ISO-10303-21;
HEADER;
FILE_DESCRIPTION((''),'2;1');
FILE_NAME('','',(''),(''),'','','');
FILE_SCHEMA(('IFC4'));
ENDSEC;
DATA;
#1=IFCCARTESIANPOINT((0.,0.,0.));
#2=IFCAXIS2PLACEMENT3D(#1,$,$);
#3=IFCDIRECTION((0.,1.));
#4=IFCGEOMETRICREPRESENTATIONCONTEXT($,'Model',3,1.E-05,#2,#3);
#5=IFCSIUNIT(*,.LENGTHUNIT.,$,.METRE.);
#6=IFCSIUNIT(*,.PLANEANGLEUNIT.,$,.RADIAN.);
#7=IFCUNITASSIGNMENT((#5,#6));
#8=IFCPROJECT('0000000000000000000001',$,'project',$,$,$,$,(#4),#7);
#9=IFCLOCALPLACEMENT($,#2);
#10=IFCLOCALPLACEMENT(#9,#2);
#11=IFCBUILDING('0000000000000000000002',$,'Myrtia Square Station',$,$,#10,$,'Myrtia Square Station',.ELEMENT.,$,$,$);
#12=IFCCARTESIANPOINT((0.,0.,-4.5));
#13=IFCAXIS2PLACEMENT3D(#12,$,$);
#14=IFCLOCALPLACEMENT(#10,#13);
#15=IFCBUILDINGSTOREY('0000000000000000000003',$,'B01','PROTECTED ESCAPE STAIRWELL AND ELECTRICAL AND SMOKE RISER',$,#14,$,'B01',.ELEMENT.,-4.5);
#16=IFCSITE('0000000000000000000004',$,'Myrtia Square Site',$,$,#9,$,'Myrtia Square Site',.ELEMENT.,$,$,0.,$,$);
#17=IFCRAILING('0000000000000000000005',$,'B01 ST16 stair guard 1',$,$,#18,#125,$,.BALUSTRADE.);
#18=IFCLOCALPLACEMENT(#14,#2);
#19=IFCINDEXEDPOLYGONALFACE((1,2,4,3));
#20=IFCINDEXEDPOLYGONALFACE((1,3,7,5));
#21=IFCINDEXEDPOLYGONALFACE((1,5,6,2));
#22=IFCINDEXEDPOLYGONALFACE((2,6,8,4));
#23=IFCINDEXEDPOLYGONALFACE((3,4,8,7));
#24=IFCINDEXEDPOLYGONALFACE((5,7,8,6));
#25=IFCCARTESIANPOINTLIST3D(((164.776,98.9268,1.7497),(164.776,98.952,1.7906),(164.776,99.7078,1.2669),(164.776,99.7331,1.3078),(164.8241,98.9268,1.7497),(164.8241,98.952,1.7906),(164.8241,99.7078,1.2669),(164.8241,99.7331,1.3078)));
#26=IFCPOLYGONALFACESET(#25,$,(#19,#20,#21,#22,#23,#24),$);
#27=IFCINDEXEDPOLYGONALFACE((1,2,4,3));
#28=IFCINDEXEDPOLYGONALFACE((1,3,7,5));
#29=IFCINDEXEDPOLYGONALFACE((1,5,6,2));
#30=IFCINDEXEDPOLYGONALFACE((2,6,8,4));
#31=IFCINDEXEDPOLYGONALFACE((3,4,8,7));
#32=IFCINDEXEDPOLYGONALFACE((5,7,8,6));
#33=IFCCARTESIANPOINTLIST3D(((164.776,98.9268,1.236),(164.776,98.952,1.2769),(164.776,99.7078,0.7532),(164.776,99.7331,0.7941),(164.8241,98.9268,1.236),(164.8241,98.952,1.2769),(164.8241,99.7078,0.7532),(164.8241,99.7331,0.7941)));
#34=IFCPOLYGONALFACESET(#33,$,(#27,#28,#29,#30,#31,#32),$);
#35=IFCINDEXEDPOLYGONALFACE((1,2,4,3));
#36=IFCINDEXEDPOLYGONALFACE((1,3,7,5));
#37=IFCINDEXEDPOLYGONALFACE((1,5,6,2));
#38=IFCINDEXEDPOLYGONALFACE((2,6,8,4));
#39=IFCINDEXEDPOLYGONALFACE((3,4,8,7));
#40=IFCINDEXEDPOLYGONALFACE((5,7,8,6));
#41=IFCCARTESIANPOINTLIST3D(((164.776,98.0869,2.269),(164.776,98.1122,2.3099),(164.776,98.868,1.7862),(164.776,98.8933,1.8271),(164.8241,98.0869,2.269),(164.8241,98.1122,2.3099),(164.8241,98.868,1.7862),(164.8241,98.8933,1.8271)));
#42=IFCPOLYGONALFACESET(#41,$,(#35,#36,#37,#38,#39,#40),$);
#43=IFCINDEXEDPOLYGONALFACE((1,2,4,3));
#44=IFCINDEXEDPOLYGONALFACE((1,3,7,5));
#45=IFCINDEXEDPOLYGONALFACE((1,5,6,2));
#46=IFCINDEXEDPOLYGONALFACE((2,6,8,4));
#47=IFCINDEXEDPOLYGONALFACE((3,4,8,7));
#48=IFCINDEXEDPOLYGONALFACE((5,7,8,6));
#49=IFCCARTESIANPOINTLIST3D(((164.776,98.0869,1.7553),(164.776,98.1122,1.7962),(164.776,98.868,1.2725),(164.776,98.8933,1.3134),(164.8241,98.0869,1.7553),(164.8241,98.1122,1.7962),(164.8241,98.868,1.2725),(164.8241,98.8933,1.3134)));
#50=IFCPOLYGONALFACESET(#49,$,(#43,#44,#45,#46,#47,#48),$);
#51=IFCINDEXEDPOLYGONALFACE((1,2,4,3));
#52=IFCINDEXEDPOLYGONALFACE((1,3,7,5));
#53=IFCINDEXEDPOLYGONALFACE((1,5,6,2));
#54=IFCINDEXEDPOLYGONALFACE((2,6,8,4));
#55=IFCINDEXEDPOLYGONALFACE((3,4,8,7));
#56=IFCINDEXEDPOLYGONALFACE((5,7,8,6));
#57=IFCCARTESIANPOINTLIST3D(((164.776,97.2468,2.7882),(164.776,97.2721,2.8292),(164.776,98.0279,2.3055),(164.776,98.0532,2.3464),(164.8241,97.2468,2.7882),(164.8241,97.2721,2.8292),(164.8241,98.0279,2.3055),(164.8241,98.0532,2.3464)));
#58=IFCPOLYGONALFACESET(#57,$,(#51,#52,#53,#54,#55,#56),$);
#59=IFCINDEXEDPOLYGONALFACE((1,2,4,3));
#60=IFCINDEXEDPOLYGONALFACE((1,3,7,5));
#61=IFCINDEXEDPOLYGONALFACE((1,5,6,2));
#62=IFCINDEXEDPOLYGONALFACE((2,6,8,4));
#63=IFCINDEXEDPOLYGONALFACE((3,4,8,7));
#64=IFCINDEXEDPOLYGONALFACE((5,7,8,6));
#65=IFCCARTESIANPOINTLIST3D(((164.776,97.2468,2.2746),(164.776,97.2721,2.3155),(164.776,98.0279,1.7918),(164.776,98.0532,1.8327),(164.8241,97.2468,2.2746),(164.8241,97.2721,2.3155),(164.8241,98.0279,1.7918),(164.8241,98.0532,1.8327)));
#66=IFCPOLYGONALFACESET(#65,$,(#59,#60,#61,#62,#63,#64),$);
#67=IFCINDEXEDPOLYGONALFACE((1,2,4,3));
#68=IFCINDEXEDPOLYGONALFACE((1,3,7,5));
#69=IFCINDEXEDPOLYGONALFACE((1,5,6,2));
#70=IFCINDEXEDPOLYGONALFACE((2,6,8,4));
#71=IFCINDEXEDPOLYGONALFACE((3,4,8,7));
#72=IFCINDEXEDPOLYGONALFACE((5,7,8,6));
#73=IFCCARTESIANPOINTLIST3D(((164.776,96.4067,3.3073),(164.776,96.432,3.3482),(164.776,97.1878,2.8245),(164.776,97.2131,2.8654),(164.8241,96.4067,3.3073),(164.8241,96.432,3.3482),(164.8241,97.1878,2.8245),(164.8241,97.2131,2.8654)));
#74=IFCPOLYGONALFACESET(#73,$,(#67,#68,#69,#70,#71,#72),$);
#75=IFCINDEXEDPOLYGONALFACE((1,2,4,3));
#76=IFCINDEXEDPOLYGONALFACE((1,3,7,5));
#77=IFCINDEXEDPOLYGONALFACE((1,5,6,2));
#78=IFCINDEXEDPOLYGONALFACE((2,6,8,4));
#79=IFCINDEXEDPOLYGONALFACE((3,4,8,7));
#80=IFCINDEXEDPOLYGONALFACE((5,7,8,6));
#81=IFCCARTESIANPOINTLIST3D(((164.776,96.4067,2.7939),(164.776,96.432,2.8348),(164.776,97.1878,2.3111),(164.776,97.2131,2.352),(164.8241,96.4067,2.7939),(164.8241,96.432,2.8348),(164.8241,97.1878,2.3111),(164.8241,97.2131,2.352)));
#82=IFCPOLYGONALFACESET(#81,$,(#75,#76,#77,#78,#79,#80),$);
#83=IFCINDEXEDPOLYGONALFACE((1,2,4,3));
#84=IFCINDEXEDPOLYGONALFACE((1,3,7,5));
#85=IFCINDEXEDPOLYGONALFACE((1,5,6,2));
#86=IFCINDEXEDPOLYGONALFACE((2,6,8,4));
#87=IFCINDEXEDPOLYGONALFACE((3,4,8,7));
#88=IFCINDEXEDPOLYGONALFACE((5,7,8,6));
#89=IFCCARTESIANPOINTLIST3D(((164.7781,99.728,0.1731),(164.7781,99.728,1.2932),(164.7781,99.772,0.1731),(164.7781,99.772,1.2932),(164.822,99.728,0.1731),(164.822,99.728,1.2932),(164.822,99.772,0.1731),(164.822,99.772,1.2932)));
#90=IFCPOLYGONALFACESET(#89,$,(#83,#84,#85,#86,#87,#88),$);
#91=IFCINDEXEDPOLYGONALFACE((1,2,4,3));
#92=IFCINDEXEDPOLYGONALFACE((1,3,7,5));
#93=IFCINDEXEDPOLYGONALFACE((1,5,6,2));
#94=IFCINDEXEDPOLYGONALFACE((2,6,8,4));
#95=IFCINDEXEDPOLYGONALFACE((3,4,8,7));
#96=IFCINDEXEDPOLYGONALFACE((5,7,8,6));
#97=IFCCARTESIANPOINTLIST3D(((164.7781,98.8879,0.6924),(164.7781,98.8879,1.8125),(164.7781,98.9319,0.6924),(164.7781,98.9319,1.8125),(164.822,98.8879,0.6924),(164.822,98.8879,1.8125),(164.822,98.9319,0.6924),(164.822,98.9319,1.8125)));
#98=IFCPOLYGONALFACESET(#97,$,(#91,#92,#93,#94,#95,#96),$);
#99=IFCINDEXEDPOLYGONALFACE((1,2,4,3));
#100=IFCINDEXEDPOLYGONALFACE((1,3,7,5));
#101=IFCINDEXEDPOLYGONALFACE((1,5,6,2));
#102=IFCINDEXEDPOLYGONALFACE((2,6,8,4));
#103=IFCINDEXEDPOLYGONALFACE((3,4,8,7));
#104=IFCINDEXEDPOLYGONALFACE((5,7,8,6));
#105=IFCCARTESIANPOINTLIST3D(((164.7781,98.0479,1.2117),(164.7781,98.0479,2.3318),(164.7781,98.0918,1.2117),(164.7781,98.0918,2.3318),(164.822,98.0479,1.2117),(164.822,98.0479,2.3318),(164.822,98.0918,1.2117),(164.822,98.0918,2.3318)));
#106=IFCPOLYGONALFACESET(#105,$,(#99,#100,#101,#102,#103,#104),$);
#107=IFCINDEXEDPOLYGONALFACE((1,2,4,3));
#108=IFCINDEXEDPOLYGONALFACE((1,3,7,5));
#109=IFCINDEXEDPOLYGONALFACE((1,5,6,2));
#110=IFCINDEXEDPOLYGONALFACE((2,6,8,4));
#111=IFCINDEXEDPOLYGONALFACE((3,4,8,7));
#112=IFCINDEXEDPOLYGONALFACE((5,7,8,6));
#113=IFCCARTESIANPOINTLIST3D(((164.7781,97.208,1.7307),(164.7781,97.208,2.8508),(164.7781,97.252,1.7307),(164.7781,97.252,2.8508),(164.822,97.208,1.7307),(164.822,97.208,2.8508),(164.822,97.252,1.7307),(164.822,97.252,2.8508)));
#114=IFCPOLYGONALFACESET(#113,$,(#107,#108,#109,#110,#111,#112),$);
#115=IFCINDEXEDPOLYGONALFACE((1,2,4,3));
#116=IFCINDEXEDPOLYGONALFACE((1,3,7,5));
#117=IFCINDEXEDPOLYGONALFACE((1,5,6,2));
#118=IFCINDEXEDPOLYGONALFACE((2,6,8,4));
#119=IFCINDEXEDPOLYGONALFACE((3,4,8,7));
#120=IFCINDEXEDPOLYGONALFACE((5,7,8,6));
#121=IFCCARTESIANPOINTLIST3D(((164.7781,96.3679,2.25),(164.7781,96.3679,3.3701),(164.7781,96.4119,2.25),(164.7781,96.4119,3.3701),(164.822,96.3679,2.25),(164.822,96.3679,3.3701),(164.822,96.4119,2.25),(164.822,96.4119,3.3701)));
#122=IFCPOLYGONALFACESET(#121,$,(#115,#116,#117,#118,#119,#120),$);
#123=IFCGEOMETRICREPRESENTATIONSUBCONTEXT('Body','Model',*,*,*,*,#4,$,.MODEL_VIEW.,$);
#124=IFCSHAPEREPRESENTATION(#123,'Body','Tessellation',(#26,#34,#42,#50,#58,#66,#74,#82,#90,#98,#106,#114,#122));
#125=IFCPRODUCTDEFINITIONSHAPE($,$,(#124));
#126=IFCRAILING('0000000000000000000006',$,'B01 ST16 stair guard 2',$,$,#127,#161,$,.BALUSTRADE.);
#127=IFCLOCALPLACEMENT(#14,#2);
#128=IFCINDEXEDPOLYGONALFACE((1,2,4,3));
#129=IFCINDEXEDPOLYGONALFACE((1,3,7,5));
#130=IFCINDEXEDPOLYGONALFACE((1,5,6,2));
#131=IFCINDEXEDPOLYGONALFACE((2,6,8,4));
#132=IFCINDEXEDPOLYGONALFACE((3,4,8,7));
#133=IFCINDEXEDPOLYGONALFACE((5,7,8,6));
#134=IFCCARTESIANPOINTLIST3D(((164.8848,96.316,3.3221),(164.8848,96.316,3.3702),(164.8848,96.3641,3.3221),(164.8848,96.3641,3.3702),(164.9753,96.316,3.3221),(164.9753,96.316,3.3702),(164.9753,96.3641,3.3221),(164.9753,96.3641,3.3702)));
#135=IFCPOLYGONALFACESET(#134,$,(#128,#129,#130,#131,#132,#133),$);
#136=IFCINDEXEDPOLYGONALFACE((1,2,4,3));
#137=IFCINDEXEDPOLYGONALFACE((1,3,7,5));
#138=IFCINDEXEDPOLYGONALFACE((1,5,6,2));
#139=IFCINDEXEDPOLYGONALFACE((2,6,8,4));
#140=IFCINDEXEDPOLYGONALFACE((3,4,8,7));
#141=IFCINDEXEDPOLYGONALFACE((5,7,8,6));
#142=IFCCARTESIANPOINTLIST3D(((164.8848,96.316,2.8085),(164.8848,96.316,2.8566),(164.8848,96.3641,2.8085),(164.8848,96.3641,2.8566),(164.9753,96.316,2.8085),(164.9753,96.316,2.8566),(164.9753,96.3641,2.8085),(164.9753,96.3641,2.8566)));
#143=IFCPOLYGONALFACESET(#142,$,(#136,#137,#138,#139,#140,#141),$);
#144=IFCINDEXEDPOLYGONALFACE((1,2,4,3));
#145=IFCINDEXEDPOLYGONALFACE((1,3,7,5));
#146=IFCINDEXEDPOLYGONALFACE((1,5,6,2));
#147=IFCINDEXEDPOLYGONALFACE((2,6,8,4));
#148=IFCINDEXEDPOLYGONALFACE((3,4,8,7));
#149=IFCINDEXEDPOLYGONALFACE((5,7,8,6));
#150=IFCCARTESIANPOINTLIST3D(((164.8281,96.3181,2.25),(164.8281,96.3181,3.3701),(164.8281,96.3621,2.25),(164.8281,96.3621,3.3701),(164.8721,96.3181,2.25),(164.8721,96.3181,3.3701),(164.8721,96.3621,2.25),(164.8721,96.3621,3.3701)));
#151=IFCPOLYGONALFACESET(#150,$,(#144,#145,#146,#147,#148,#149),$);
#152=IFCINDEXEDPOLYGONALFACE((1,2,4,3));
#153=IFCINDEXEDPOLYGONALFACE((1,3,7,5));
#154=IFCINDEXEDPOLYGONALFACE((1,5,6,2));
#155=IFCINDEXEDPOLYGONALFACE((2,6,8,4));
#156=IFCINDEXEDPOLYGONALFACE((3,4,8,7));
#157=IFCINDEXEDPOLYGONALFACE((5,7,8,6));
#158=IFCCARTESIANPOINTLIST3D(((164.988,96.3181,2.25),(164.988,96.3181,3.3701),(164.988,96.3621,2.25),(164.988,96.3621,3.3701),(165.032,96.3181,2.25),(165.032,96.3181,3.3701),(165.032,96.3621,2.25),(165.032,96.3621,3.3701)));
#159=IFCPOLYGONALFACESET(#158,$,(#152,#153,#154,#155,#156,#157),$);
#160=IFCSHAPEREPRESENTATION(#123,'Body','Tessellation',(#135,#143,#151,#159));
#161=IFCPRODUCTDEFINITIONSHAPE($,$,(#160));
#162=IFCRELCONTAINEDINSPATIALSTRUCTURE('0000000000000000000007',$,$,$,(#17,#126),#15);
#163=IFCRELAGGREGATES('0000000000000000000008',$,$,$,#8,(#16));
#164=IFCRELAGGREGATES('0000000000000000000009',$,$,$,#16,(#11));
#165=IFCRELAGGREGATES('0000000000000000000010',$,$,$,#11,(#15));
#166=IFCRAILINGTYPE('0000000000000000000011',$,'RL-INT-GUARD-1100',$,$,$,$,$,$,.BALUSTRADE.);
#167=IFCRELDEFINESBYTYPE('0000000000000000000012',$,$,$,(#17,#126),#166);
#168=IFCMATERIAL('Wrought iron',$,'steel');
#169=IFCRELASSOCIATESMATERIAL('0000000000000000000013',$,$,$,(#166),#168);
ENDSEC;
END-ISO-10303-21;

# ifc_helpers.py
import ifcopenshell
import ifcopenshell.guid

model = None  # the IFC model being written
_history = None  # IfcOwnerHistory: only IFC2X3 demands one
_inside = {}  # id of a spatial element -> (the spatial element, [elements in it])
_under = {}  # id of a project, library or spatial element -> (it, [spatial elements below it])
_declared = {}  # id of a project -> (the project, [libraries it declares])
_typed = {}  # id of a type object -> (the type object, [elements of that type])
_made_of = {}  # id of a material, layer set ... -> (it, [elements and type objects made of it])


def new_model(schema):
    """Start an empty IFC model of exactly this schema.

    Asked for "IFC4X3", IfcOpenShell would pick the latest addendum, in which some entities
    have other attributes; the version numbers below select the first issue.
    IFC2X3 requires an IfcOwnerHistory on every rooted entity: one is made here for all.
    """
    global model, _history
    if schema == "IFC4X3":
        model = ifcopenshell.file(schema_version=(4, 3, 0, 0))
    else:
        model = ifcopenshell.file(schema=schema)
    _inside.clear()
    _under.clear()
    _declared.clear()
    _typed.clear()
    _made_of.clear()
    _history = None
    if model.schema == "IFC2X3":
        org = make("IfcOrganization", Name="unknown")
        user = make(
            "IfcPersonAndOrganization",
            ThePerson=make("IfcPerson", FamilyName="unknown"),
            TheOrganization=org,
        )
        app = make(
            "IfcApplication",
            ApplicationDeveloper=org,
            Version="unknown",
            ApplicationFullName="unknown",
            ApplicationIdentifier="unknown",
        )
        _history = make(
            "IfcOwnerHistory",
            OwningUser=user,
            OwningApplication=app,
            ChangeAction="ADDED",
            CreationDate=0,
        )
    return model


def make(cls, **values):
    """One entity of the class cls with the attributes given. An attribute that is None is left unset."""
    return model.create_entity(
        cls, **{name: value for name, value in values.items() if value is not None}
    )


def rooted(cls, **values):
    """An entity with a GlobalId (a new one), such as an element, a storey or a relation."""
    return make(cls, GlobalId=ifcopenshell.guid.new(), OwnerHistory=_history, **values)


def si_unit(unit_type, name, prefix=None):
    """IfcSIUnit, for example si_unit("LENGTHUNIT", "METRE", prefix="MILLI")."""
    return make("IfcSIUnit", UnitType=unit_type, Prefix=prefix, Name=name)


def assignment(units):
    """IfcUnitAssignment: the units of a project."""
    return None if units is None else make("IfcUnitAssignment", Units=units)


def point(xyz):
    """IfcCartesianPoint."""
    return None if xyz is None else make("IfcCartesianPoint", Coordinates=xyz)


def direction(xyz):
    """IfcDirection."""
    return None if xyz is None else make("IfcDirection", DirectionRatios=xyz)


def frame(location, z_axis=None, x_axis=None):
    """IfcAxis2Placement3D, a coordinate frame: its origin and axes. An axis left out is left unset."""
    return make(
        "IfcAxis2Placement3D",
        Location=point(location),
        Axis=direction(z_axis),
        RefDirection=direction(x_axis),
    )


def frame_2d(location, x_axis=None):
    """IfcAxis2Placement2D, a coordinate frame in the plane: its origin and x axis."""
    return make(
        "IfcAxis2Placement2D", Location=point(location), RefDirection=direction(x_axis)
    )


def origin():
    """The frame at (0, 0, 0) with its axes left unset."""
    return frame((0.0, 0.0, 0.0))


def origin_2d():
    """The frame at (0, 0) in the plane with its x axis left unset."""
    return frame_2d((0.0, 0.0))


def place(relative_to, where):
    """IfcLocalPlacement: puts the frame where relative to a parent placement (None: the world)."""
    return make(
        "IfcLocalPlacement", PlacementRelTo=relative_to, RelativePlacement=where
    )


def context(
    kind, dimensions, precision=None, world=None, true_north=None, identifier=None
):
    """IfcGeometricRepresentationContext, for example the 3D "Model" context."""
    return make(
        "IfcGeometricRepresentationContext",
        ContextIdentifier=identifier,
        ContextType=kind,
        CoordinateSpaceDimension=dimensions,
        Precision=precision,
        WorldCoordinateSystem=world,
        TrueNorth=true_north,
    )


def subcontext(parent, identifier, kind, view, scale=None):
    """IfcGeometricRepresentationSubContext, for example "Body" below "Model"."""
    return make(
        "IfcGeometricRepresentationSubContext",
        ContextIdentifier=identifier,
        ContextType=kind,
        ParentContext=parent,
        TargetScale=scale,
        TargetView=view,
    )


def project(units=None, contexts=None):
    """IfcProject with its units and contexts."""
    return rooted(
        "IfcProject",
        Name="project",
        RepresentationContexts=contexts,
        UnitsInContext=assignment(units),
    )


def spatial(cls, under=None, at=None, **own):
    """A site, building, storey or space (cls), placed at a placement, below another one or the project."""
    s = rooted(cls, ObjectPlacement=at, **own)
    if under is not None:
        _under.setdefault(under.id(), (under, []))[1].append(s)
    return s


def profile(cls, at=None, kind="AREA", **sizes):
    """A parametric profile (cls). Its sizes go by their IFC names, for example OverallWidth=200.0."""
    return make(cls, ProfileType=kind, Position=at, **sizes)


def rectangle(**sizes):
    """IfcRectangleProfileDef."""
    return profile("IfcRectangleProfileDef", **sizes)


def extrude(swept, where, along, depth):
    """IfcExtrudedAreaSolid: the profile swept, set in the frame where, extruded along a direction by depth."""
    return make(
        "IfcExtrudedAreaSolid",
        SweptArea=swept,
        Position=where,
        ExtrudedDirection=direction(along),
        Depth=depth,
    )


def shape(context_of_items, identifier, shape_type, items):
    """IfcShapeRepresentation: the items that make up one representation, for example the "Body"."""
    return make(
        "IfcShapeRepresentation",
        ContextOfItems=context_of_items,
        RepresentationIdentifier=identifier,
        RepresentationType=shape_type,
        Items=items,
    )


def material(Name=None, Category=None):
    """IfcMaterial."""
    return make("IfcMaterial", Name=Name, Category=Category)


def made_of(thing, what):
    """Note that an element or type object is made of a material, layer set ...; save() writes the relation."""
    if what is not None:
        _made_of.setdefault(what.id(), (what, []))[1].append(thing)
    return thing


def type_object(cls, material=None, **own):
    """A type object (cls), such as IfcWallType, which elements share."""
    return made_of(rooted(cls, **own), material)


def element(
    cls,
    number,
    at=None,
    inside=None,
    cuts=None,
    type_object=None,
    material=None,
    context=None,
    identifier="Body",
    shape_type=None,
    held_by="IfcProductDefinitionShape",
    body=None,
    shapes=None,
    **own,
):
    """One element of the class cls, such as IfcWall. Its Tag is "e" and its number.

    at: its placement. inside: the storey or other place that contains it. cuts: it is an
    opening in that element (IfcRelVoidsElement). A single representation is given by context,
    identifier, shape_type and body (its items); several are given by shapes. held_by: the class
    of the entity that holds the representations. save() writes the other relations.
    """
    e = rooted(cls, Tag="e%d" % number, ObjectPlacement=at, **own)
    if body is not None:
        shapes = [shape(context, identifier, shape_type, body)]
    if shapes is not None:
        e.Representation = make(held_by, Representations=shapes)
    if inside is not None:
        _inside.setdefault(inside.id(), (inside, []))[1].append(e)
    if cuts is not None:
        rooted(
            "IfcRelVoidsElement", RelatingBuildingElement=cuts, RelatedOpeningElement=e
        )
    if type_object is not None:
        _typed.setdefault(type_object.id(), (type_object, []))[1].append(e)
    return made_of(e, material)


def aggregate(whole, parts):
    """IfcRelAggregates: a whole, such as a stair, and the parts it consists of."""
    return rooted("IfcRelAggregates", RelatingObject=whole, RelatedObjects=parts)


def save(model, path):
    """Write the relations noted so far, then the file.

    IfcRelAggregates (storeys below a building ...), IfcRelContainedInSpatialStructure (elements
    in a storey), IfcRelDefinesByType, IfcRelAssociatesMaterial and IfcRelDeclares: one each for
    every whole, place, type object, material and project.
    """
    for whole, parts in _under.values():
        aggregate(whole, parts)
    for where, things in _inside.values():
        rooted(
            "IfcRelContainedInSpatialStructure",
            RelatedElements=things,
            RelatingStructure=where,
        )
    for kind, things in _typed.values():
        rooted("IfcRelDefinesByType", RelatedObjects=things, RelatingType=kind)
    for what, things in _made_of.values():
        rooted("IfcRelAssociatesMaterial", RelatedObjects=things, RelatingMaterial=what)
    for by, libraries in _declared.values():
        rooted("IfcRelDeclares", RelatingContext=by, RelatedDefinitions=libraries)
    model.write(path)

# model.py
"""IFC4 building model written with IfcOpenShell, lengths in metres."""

from ifc_helpers import new_model, si_unit, direction, frame, origin, origin_2d, place, context, subcontext, project, spatial, rectangle, extrude, material, type_object, element, save


model = new_model("IFC4")

# Units and contexts
model_context = context("Model", 3, precision=1e-05, world=origin(), true_north=direction((0.0, 1.0)))
body_context = subcontext(model_context, "Body", "Model", "MODEL_VIEW")
ifc_project = project(units=[si_unit("LENGTHUNIT", "METRE"), si_unit("PLANEANGLEUNIT", "RADIAN")], contexts=[model_context])

# Site, building, storey
site_placement = place(None, origin())
site = spatial("IfcSite", under=ifc_project, at=site_placement, Name="Myrtia Square Site", LongName="Myrtia Square Site", CompositionType="ELEMENT", RefElevation=0.0)
building_placement = place(site_placement, origin())
building = spatial("IfcBuilding", under=site, at=building_placement, Name="Myrtia Square Station", LongName="Myrtia Square Station", CompositionType="ELEMENT")
storey_placement = place(building_placement, frame((0.0, 0.0, -4.5)))
storey = spatial("IfcBuildingStorey", under=building, at=storey_placement, Name="B01", Description="PROTECTED ESCAPE STAIRWELL AND ELECTRICAL AND SMOKE RISER", LongName="B01", CompositionType="ELEMENT", Elevation=-4.5)

# Railings
ifc_material_1 = material(Name="Wrought iron", Category="steel")
railing_type_1 = type_object("IfcRailingType", Name="RL-INT-GUARD-1100", PredefinedType="BALUSTRADE", material=ifc_material_1)
railing_1_placement = place(storey_placement, frame((164.8, 99.75, 0.1731)))
element("IfcRailing", 1, at=railing_1_placement, inside=storey, type_object=railing_type_1, Name="B01 ST16 stair guard 1", PredefinedType="BALUSTRADE", context=body_context, shape_type="SweptSolid", body=[
    extrude(rectangle(XDim=0.0481, YDim=0.0481, at=origin_2d()), frame((0.0, -0.0295, 1.1143), z_axis=(0.0, -0.850623, 0.525776), x_axis=(1.0, 0.0, 0.0)), (0.0, 0.0, 1.0), 0.9182),
    extrude(rectangle(XDim=0.0481, YDim=0.0481, at=origin_2d()), frame((0.0, -0.0295, 0.6006), z_axis=(0.0, -0.850623, 0.525776), x_axis=(1.0, 0.0, 0.0)), (0.0, 0.0, 1.0), 0.9182),
    extrude(rectangle(XDim=0.0481, YDim=0.0481, at=origin_2d()), frame((0.0, -0.8694, 1.6335), z_axis=(0.0, -0.850623, 0.525776), x_axis=(1.0, 0.0, 0.0)), (0.0, 0.0, 1.0), 0.9182),
    extrude(rectangle(XDim=0.0481, YDim=0.0481, at=origin_2d()), frame((0.0, -0.8694, 1.1199), z_axis=(0.0, -0.850623, 0.525776), x_axis=(1.0, 0.0, 0.0)), (0.0, 0.0, 1.0), 0.9182),
    extrude(rectangle(XDim=0.0481, YDim=0.0481, at=origin_2d()), frame((0.0, -1.7095, 2.1528), z_axis=(0.0, -0.850623, 0.525776), x_axis=(1.0, 0.0, 0.0)), (0.0, 0.0, 1.0), 0.9182),
    extrude(rectangle(XDim=0.0481, YDim=0.0481, at=origin_2d()), frame((0.0, -1.7095, 1.6392), z_axis=(0.0, -0.850623, 0.525776), x_axis=(1.0, 0.0, 0.0)), (0.0, 0.0, 1.0), 0.9182),
    extrude(rectangle(XDim=0.0481, YDim=0.0481, at=origin_2d()), frame((0.0, -2.5496, 2.6719), z_axis=(0.0, -0.850623, 0.525776), x_axis=(1.0, 0.0, 0.0)), (0.0, 0.0, 1.0), 0.9182),
    extrude(rectangle(XDim=0.0481, YDim=0.0481, at=origin_2d()), frame((0.0, -2.5496, 2.1584), z_axis=(0.0, -0.850623, 0.525776), x_axis=(1.0, 0.0, 0.0)), (0.0, 0.0, 1.0), 0.9182),
    extrude(rectangle(XDim=0.0439, YDim=0.0439, at=origin_2d()), origin(), (0.0, 0.0, 1.0), 1.1201),
    extrude(rectangle(XDim=0.0439, YDim=0.0439, at=origin_2d()), frame((0.0, -0.8401, 0.5193)), (0.0, 0.0, 1.0), 1.1201),
    extrude(rectangle(XDim=0.0439, YDim=0.0439, at=origin_2d()), frame((0.0, -1.6802, 1.0386)), (0.0, 0.0, 1.0), 1.1201),
    extrude(rectangle(XDim=0.0439, YDim=0.0439, at=origin_2d()), frame((0.0, -2.52, 1.5576)), (0.0, 0.0, 1.0), 1.1201),
    extrude(rectangle(XDim=0.0439, YDim=0.0439, at=origin_2d()), frame((0.0, -3.3601, 2.0769)), (0.0, 0.0, 1.0), 1.1201),
])
railing_2_placement = place(storey_placement, frame((164.8501, 96.3401, 2.25)))
element("IfcRailing", 2, at=railing_2_placement, inside=storey, type_object=railing_type_1, Name="B01 ST16 stair guard 2", PredefinedType="BALUSTRADE", context=body_context, shape_type="SweptSolid", body=[
    extrude(rectangle(XDim=0.0481, YDim=0.0481, at=origin_2d()), frame((0.0347, 0.0, 1.0962), z_axis=(1.0, 0.0, 0.0), x_axis=(0.0, 1.0, 0.0)), (0.0, 0.0, 1.0), 0.0906),
    extrude(rectangle(XDim=0.0481, YDim=0.0481, at=origin_2d()), frame((0.0347, 0.0, 0.5825), z_axis=(1.0, 0.0, 0.0), x_axis=(0.0, 1.0, 0.0)), (0.0, 0.0, 1.0), 0.0906),
    extrude(rectangle(XDim=0.0439, YDim=0.0439, at=origin_2d()), origin(), (0.0, 0.0, 1.0), 1.1201),
    extrude(rectangle(XDim=0.0439, YDim=0.0439, at=origin_2d()), frame((0.1599, 0.0, 0.0)), (0.0, 0.0, 1.0), 1.1201),
])

save(model, "model.ifc")
